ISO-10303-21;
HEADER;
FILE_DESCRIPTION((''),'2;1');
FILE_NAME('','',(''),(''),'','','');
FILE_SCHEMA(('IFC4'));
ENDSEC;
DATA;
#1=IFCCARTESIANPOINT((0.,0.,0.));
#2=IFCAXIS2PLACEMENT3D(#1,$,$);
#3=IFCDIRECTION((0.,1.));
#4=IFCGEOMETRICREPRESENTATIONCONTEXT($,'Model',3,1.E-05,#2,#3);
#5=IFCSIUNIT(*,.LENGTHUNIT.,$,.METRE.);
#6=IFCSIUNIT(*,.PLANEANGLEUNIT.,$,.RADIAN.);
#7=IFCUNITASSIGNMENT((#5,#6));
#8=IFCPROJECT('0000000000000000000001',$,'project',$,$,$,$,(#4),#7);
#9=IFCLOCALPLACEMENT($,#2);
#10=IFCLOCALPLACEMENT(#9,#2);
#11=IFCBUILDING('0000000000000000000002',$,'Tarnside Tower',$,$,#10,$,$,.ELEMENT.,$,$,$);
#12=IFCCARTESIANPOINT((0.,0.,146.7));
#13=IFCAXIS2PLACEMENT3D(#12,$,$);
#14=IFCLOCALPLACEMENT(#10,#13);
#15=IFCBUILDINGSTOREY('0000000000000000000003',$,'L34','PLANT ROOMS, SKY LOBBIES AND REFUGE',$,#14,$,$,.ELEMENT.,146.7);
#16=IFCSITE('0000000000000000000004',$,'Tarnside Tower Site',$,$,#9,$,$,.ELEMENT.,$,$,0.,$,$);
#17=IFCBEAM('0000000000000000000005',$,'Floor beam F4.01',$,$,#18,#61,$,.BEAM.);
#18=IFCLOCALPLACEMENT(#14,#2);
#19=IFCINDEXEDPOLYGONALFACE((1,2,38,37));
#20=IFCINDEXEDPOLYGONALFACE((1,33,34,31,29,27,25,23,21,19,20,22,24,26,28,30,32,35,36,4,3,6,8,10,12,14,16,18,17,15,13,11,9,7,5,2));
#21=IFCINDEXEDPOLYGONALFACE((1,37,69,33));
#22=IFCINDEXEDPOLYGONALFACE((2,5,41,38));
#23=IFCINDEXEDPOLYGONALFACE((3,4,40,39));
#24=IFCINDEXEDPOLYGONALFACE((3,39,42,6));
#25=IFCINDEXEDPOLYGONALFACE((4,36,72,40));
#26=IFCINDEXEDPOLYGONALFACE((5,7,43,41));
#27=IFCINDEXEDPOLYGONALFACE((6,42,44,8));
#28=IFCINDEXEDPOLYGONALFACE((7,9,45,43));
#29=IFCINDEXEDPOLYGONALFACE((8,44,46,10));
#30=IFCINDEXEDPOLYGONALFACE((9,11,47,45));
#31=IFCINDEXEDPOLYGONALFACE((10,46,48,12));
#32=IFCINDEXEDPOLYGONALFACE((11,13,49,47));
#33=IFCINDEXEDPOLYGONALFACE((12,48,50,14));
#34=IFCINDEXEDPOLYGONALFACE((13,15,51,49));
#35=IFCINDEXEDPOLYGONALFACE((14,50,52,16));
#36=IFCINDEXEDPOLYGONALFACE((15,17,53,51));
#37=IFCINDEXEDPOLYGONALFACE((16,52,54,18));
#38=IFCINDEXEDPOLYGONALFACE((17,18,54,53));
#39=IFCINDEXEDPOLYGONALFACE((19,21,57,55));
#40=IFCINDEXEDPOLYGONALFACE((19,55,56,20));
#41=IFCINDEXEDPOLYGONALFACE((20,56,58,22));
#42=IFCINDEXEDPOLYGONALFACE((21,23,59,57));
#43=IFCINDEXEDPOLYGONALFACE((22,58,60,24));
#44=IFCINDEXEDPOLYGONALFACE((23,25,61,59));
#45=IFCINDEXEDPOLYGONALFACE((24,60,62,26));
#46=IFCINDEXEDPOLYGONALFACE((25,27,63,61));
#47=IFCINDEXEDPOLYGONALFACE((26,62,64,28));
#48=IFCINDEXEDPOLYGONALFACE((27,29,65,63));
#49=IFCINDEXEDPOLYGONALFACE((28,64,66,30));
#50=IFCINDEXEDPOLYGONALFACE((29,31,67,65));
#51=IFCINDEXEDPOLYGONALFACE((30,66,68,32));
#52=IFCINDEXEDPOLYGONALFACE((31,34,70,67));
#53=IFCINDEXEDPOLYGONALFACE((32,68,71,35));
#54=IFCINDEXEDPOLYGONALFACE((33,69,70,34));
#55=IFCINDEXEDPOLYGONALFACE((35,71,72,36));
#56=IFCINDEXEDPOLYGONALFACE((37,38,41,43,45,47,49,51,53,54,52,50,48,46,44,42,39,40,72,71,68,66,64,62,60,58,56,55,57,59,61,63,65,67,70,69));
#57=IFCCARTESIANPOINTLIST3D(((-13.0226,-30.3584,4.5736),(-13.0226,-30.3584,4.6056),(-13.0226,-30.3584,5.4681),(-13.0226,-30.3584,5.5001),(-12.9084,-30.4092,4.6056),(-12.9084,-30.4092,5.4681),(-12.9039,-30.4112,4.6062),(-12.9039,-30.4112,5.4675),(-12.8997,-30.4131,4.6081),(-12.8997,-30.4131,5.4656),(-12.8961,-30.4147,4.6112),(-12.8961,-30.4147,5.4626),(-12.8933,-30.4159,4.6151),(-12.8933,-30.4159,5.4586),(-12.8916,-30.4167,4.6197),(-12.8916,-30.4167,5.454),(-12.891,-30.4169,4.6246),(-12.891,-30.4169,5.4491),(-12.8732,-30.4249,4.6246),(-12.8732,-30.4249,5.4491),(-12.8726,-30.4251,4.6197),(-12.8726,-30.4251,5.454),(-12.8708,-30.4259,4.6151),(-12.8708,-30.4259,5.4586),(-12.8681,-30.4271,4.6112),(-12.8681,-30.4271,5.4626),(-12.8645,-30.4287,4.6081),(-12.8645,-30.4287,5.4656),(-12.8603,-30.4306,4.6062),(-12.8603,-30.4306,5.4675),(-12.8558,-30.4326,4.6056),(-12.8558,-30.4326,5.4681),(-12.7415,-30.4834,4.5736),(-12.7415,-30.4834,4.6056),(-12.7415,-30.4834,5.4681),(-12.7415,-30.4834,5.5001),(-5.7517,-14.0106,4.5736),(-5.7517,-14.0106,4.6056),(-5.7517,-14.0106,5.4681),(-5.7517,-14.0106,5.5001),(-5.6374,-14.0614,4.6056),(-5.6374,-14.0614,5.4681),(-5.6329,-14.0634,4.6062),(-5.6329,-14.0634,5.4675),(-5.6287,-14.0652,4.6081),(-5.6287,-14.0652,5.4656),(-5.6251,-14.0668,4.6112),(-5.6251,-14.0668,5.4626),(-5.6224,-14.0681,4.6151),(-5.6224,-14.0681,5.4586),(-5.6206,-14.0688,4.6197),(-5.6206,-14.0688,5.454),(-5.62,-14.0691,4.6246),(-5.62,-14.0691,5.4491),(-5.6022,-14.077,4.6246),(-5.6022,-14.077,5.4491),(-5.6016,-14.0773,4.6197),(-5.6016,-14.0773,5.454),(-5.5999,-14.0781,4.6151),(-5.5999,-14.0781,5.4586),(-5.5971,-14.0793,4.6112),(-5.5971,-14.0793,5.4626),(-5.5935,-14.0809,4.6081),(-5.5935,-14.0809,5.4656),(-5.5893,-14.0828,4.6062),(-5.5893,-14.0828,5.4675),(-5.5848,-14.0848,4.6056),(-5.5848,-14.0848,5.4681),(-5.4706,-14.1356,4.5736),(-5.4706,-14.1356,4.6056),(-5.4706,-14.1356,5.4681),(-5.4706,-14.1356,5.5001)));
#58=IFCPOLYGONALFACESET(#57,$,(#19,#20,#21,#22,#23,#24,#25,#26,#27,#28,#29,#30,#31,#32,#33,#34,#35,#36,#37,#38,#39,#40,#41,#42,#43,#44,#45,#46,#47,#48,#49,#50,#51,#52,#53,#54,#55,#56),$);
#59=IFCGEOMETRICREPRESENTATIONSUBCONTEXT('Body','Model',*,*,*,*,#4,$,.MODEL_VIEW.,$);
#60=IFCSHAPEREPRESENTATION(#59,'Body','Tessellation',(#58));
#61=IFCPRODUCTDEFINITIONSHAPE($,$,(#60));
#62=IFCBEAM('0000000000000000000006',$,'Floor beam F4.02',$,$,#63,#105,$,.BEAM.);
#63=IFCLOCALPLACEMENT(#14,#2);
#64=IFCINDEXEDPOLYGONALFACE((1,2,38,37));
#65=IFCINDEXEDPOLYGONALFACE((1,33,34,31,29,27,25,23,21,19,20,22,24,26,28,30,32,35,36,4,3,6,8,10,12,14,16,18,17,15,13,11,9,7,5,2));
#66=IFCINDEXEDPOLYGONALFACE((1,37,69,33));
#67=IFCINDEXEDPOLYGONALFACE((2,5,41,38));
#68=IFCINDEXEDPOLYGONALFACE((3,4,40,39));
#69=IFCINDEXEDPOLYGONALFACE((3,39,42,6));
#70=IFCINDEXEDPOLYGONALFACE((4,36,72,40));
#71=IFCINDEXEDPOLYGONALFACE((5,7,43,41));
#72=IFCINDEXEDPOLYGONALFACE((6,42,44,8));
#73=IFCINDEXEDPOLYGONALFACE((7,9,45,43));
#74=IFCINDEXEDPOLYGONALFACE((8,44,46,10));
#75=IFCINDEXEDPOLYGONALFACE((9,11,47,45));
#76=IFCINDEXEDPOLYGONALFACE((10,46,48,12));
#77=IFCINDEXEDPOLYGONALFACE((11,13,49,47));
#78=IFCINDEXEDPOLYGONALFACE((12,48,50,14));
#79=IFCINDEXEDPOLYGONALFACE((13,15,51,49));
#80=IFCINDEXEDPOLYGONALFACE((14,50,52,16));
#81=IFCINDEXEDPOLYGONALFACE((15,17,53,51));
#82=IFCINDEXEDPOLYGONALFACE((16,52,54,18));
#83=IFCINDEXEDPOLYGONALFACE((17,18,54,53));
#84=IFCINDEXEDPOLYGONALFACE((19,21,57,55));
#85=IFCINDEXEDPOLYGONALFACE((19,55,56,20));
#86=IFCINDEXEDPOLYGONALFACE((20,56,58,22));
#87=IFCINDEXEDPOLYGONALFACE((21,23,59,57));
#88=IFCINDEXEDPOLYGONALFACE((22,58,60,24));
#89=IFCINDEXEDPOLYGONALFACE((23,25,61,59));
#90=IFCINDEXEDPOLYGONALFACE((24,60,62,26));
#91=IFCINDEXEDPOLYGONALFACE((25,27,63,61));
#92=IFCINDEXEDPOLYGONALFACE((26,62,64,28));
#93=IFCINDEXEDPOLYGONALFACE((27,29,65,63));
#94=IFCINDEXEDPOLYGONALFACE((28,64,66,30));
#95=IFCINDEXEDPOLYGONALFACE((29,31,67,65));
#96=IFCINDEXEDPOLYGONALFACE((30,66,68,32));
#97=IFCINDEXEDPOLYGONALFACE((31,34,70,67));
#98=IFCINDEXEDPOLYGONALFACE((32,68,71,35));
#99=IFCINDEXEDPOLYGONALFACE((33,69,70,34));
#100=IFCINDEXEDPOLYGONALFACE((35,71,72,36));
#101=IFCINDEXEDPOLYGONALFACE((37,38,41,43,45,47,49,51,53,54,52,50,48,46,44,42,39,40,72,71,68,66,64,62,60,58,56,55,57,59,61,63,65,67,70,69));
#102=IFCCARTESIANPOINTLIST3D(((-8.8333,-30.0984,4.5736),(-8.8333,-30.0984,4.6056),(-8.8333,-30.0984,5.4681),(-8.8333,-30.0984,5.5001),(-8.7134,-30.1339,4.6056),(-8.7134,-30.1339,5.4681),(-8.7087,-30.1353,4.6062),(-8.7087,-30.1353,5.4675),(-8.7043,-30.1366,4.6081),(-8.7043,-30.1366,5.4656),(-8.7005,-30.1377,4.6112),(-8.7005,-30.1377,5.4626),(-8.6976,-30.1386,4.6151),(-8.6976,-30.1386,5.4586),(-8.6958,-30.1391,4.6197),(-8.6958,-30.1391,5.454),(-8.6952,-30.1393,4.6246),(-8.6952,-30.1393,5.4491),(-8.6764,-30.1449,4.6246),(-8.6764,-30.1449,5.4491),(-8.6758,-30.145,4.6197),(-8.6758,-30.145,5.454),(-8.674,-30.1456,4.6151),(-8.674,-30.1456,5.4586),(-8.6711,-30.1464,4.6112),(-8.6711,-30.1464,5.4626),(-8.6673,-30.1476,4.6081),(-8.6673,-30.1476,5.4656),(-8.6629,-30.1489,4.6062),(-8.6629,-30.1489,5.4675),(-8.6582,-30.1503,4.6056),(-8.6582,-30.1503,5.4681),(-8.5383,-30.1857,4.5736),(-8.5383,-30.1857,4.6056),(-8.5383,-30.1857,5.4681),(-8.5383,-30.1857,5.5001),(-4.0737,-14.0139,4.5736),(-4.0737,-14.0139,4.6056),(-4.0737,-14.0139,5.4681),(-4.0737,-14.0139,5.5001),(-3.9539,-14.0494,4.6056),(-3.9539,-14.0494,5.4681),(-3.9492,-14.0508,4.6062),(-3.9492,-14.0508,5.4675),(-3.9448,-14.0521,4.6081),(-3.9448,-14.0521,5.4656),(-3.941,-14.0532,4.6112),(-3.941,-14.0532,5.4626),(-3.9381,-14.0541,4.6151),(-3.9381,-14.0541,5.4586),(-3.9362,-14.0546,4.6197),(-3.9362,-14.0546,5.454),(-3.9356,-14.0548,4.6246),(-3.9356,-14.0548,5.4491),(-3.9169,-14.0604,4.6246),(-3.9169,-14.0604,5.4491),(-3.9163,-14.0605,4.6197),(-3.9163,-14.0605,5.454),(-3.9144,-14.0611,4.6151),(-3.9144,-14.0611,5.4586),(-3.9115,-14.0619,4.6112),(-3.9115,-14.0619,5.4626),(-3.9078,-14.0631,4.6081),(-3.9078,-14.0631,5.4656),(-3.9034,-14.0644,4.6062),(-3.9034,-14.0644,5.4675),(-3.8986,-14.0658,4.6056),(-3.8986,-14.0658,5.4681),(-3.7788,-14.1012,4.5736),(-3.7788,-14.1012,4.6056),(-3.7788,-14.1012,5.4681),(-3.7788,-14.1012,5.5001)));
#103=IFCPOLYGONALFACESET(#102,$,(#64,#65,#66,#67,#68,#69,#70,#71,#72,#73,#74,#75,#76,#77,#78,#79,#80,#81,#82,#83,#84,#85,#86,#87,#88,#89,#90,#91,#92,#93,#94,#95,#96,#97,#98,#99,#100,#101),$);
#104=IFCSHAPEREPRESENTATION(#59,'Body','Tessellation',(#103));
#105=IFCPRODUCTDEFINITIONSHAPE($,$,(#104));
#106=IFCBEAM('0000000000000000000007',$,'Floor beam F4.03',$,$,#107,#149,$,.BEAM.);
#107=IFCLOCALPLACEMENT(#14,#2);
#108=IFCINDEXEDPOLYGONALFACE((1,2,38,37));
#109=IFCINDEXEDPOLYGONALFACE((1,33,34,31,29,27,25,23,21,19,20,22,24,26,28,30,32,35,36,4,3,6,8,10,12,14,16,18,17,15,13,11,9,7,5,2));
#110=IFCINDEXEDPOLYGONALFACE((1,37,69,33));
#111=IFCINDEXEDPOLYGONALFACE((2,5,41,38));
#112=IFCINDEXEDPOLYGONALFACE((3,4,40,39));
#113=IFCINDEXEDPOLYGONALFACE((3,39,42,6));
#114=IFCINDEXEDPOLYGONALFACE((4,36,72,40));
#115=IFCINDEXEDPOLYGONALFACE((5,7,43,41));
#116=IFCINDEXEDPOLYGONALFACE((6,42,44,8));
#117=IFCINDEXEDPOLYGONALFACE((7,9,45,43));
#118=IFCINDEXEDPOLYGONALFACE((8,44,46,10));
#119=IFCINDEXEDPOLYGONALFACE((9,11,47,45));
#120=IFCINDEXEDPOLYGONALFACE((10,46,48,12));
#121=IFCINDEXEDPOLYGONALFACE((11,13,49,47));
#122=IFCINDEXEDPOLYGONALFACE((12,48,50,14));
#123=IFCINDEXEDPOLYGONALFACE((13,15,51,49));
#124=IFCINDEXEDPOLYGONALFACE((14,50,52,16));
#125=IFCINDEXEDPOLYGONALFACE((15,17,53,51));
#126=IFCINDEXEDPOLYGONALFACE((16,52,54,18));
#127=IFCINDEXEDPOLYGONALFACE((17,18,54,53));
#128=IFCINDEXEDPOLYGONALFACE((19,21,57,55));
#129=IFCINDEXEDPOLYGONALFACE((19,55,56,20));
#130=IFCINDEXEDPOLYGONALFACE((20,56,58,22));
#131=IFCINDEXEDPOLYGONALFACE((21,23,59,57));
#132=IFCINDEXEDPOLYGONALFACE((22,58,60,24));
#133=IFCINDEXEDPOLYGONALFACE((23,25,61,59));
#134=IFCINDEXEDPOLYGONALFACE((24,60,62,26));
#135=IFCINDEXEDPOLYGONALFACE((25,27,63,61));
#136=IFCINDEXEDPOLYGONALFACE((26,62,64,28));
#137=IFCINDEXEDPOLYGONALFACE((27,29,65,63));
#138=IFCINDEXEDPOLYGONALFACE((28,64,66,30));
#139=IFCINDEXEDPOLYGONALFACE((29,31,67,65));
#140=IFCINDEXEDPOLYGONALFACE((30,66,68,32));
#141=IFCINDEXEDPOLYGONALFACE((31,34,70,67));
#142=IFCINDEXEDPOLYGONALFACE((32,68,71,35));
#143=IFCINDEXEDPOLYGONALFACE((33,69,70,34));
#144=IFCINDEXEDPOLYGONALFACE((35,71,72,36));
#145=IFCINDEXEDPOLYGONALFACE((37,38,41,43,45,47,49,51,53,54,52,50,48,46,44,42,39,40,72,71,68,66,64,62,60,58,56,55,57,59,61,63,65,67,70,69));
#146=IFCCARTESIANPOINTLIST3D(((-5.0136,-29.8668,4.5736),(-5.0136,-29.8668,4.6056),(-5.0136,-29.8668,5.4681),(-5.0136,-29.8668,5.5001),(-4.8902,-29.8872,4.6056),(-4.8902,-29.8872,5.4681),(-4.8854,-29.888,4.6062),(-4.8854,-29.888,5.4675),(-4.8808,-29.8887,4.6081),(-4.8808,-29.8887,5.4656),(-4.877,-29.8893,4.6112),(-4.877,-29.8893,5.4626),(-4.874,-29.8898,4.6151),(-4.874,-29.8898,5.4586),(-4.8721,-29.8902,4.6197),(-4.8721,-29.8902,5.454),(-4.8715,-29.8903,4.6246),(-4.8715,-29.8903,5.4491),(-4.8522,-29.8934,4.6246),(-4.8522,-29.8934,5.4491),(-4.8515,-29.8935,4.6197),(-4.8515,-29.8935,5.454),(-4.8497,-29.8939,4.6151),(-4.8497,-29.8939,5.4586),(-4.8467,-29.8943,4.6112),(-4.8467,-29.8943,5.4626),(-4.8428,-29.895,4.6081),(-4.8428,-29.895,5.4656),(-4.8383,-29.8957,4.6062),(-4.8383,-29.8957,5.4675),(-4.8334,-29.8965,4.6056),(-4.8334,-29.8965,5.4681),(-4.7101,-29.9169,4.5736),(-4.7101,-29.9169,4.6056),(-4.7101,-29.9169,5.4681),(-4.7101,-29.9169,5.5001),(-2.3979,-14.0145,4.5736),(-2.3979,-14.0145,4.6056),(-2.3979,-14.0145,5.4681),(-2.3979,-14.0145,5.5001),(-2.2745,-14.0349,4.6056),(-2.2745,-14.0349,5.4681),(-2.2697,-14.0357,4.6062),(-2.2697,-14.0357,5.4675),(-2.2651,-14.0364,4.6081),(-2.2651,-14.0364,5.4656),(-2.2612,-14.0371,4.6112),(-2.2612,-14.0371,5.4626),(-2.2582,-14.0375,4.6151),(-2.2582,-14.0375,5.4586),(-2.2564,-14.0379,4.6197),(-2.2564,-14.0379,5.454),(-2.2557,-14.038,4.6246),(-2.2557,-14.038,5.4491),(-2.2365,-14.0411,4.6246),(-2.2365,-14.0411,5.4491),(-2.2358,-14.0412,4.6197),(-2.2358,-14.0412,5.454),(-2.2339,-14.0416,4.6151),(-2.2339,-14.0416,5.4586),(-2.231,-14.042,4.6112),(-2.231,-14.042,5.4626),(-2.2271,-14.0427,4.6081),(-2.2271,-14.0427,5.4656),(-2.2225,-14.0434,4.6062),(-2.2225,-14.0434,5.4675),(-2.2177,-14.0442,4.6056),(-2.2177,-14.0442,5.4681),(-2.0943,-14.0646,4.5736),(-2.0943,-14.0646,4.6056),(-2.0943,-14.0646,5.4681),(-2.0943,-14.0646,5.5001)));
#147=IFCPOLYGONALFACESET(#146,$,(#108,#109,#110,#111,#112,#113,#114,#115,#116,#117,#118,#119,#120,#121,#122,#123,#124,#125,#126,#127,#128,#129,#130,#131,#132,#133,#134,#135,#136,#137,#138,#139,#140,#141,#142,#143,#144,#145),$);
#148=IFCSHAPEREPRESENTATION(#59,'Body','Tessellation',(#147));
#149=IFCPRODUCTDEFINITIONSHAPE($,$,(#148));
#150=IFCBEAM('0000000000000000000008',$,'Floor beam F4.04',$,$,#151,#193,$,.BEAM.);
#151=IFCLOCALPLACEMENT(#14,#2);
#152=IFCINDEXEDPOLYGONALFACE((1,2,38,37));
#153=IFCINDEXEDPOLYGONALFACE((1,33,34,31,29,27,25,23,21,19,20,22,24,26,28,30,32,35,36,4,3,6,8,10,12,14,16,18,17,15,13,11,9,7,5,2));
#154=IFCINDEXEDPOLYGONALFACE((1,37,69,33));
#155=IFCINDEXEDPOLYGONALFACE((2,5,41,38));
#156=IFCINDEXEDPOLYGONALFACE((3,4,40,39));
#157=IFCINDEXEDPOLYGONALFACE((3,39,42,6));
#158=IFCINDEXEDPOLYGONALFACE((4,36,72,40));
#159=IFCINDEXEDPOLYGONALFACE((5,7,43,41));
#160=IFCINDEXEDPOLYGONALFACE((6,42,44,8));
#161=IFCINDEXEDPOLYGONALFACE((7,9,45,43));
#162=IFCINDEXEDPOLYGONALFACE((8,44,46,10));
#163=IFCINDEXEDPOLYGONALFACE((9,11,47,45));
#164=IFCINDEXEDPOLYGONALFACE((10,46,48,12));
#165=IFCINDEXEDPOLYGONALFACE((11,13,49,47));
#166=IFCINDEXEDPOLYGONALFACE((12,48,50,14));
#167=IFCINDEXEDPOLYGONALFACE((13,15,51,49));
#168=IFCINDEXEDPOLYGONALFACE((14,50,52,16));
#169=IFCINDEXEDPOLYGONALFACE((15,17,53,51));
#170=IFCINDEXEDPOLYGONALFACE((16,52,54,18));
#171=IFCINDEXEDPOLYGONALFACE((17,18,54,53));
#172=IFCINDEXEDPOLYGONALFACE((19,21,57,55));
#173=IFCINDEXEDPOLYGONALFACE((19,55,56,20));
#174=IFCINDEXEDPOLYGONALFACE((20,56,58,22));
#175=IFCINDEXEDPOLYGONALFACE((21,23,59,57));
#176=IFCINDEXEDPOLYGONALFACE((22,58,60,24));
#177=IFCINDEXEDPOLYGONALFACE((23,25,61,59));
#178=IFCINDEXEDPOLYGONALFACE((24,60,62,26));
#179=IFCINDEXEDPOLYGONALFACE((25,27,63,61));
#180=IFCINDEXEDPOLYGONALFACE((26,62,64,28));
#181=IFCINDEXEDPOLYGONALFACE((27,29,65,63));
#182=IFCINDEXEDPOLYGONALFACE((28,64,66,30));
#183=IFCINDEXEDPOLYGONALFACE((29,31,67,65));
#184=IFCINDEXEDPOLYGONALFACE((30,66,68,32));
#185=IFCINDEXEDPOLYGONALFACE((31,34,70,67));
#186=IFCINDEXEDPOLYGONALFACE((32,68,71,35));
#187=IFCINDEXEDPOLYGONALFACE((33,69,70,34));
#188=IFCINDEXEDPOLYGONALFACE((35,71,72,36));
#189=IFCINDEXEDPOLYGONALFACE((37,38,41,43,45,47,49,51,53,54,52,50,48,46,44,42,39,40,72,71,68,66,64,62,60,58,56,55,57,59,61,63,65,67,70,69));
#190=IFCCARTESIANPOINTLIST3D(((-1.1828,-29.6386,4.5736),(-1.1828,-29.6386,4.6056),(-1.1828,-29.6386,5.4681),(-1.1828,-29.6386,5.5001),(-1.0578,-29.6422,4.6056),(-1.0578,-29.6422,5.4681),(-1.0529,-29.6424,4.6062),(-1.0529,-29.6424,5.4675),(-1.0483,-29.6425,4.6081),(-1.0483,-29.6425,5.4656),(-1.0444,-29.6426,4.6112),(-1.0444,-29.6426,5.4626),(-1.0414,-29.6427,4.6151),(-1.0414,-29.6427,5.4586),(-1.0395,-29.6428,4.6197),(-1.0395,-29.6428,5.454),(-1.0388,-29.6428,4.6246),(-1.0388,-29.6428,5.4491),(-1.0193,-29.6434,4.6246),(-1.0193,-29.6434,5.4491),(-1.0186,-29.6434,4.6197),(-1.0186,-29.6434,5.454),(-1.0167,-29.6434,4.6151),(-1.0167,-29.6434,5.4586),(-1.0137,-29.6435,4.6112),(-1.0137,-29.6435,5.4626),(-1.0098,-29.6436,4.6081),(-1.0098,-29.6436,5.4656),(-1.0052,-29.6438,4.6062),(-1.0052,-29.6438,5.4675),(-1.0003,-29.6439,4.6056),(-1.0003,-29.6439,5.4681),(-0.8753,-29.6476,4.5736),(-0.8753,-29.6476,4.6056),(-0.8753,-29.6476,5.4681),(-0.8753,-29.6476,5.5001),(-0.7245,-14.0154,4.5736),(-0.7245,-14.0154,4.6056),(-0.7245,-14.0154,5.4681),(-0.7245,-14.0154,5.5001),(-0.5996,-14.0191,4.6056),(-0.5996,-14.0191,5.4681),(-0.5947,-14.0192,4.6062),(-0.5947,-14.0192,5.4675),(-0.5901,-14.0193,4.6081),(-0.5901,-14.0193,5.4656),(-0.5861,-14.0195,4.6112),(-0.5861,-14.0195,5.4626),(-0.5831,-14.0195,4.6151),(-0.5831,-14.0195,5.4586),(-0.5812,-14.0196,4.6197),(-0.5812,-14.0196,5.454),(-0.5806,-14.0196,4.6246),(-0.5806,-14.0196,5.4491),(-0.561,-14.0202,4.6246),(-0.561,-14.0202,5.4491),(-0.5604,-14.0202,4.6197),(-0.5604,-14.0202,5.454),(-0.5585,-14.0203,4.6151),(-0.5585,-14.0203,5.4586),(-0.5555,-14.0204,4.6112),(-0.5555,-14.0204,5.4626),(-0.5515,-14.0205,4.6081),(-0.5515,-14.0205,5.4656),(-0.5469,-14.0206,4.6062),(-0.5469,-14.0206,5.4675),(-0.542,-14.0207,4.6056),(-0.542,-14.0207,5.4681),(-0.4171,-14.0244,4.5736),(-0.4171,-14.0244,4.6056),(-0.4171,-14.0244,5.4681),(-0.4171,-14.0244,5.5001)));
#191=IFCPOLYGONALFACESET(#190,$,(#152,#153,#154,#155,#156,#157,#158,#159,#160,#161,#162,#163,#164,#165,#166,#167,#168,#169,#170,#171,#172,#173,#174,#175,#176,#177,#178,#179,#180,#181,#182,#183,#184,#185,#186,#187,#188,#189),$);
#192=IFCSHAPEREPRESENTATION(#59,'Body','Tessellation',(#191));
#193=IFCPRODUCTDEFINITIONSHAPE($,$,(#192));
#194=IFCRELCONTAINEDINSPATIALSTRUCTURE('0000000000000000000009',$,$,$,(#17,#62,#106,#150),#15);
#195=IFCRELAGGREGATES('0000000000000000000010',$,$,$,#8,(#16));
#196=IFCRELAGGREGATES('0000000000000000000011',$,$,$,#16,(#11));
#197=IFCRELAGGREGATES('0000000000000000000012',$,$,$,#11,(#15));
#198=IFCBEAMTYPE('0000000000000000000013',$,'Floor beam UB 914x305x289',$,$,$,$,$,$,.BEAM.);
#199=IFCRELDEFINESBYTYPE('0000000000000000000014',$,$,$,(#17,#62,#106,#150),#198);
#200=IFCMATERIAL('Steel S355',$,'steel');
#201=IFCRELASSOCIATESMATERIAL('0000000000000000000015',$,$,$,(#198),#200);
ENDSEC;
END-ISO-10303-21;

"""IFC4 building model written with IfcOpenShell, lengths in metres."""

from ifc_helpers import new_model, si_unit, direction, frame, origin, origin_2d, place, context, subcontext, project, spatial, i_section, extrude, material, material_profile, profile_set, type_object, element, save


model = new_model("IFC4")

# Units and contexts
model_context = context("Model", 3, precision=1e-05, world=origin(), true_north=direction((0.0, 1.0)))
body_context = subcontext(model_context, "Body", "Model", "MODEL_VIEW")
ifc_project = project(units=[si_unit("LENGTHUNIT", "METRE"), si_unit("PLANEANGLEUNIT", "RADIAN")], contexts=[model_context])

# Site, building, storey
site_placement = place(None, origin())
site = spatial("IfcSite", under=ifc_project, at=site_placement, Name="Tarnside Tower Site", CompositionType="ELEMENT", RefElevation=0.0)
building_placement = place(site_placement, origin())
building = spatial("IfcBuilding", under=site, at=building_placement, Name="Tarnside Tower", CompositionType="ELEMENT")
storey_placement = place(building_placement, frame((0.0, 0.0, 146.7)))
storey = spatial("IfcBuildingStorey", under=building, at=storey_placement, Name="L34", Description="PLANT ROOMS, SKY LOBBIES AND REFUGE", CompositionType="ELEMENT", Elevation=146.7)

# Beams
ifc_material_1 = material(Name="Steel S355", Category="steel")
ifc_material_profile_1 = material_profile(ifc_material_1, i_section(OverallWidth=0.3076, OverallDepth=0.9265, WebThickness=0.0195, FlangeThickness=0.032, FilletRadius=0.019, at=origin_2d()), Name="UB 914x305x289")
ifc_profile_set_1 = profile_set([ifc_material_profile_1], Name="Steel S355")
beam_type = type_object("IfcBeamType", Name="Floor beam UB 914x305x289", PredefinedType="BEAM", material=ifc_profile_set_1)
beam_1_placement = place(storey_placement, frame((-12.8821, -30.4209, 5.0369), z_axis=(0.406384, 0.913702, 0.0), x_axis=(-0.913702, 0.406384, 0.0)))
element("IfcBeam", 1, at=beam_1_placement, inside=storey, type_object=beam_type, Name="Floor beam F4.01", PredefinedType="BEAM", context=body_context, shape_type="SweptSolid", body=[
    extrude(i_section(OverallWidth=0.3076, OverallDepth=0.9265, WebThickness=0.0195, FlangeThickness=0.032, FilletRadius=0.019, at=origin_2d()), origin(), (0.0, 0.0, 1.0), 17.8918),
])
beam_2_placement = place(storey_placement, frame((-8.6858, -30.1421, 5.0369), z_axis=(0.283746, 0.9589, 0.0), x_axis=(-0.9589, 0.283746, 0.0)))
element("IfcBeam", 2, at=beam_2_placement, inside=storey, type_object=beam_type, Name="Floor beam F4.02", PredefinedType="BEAM", context=body_context, shape_type="SweptSolid", body=[
    extrude(i_section(OverallWidth=0.3076, OverallDepth=0.9265, WebThickness=0.0195, FlangeThickness=0.032, FilletRadius=0.019, at=origin_2d()), origin(), (0.0, 0.0, 1.0), 16.7739),
])
beam_3_placement = place(storey_placement, frame((-4.8618, -29.8918, 5.0369), z_axis=(0.162804, 0.986658, 0.0), x_axis=(-0.986658, 0.162804, 0.0)))
element("IfcBeam", 3, at=beam_3_placement, inside=storey, type_object=beam_type, Name="Floor beam F4.03", PredefinedType="BEAM", context=body_context, shape_type="SweptSolid", body=[
    extrude(i_section(OverallWidth=0.3076, OverallDepth=0.9265, WebThickness=0.0195, FlangeThickness=0.032, FilletRadius=0.019, at=origin_2d()), origin(), (0.0, 0.0, 1.0), 16.0667),
])
beam_4_placement = place(storey_placement, frame((-1.0291, -29.6431, 5.0369), z_axis=(0.029319, 0.99957, 0.0), x_axis=(-0.99957, 0.029319, 0.0)))
element("IfcBeam", 4, at=beam_4_placement, inside=storey, type_object=beam_type, Name="Floor beam F4.04", PredefinedType="BEAM", context=body_context, shape_type="SweptSolid", body=[
    extrude(i_section(OverallWidth=0.3076, OverallDepth=0.9265, WebThickness=0.0195, FlangeThickness=0.032, FilletRadius=0.019, at=origin_2d()), origin(), (0.0, 0.0, 1.0), 15.6299),
])

save(model, "model.ifc")
